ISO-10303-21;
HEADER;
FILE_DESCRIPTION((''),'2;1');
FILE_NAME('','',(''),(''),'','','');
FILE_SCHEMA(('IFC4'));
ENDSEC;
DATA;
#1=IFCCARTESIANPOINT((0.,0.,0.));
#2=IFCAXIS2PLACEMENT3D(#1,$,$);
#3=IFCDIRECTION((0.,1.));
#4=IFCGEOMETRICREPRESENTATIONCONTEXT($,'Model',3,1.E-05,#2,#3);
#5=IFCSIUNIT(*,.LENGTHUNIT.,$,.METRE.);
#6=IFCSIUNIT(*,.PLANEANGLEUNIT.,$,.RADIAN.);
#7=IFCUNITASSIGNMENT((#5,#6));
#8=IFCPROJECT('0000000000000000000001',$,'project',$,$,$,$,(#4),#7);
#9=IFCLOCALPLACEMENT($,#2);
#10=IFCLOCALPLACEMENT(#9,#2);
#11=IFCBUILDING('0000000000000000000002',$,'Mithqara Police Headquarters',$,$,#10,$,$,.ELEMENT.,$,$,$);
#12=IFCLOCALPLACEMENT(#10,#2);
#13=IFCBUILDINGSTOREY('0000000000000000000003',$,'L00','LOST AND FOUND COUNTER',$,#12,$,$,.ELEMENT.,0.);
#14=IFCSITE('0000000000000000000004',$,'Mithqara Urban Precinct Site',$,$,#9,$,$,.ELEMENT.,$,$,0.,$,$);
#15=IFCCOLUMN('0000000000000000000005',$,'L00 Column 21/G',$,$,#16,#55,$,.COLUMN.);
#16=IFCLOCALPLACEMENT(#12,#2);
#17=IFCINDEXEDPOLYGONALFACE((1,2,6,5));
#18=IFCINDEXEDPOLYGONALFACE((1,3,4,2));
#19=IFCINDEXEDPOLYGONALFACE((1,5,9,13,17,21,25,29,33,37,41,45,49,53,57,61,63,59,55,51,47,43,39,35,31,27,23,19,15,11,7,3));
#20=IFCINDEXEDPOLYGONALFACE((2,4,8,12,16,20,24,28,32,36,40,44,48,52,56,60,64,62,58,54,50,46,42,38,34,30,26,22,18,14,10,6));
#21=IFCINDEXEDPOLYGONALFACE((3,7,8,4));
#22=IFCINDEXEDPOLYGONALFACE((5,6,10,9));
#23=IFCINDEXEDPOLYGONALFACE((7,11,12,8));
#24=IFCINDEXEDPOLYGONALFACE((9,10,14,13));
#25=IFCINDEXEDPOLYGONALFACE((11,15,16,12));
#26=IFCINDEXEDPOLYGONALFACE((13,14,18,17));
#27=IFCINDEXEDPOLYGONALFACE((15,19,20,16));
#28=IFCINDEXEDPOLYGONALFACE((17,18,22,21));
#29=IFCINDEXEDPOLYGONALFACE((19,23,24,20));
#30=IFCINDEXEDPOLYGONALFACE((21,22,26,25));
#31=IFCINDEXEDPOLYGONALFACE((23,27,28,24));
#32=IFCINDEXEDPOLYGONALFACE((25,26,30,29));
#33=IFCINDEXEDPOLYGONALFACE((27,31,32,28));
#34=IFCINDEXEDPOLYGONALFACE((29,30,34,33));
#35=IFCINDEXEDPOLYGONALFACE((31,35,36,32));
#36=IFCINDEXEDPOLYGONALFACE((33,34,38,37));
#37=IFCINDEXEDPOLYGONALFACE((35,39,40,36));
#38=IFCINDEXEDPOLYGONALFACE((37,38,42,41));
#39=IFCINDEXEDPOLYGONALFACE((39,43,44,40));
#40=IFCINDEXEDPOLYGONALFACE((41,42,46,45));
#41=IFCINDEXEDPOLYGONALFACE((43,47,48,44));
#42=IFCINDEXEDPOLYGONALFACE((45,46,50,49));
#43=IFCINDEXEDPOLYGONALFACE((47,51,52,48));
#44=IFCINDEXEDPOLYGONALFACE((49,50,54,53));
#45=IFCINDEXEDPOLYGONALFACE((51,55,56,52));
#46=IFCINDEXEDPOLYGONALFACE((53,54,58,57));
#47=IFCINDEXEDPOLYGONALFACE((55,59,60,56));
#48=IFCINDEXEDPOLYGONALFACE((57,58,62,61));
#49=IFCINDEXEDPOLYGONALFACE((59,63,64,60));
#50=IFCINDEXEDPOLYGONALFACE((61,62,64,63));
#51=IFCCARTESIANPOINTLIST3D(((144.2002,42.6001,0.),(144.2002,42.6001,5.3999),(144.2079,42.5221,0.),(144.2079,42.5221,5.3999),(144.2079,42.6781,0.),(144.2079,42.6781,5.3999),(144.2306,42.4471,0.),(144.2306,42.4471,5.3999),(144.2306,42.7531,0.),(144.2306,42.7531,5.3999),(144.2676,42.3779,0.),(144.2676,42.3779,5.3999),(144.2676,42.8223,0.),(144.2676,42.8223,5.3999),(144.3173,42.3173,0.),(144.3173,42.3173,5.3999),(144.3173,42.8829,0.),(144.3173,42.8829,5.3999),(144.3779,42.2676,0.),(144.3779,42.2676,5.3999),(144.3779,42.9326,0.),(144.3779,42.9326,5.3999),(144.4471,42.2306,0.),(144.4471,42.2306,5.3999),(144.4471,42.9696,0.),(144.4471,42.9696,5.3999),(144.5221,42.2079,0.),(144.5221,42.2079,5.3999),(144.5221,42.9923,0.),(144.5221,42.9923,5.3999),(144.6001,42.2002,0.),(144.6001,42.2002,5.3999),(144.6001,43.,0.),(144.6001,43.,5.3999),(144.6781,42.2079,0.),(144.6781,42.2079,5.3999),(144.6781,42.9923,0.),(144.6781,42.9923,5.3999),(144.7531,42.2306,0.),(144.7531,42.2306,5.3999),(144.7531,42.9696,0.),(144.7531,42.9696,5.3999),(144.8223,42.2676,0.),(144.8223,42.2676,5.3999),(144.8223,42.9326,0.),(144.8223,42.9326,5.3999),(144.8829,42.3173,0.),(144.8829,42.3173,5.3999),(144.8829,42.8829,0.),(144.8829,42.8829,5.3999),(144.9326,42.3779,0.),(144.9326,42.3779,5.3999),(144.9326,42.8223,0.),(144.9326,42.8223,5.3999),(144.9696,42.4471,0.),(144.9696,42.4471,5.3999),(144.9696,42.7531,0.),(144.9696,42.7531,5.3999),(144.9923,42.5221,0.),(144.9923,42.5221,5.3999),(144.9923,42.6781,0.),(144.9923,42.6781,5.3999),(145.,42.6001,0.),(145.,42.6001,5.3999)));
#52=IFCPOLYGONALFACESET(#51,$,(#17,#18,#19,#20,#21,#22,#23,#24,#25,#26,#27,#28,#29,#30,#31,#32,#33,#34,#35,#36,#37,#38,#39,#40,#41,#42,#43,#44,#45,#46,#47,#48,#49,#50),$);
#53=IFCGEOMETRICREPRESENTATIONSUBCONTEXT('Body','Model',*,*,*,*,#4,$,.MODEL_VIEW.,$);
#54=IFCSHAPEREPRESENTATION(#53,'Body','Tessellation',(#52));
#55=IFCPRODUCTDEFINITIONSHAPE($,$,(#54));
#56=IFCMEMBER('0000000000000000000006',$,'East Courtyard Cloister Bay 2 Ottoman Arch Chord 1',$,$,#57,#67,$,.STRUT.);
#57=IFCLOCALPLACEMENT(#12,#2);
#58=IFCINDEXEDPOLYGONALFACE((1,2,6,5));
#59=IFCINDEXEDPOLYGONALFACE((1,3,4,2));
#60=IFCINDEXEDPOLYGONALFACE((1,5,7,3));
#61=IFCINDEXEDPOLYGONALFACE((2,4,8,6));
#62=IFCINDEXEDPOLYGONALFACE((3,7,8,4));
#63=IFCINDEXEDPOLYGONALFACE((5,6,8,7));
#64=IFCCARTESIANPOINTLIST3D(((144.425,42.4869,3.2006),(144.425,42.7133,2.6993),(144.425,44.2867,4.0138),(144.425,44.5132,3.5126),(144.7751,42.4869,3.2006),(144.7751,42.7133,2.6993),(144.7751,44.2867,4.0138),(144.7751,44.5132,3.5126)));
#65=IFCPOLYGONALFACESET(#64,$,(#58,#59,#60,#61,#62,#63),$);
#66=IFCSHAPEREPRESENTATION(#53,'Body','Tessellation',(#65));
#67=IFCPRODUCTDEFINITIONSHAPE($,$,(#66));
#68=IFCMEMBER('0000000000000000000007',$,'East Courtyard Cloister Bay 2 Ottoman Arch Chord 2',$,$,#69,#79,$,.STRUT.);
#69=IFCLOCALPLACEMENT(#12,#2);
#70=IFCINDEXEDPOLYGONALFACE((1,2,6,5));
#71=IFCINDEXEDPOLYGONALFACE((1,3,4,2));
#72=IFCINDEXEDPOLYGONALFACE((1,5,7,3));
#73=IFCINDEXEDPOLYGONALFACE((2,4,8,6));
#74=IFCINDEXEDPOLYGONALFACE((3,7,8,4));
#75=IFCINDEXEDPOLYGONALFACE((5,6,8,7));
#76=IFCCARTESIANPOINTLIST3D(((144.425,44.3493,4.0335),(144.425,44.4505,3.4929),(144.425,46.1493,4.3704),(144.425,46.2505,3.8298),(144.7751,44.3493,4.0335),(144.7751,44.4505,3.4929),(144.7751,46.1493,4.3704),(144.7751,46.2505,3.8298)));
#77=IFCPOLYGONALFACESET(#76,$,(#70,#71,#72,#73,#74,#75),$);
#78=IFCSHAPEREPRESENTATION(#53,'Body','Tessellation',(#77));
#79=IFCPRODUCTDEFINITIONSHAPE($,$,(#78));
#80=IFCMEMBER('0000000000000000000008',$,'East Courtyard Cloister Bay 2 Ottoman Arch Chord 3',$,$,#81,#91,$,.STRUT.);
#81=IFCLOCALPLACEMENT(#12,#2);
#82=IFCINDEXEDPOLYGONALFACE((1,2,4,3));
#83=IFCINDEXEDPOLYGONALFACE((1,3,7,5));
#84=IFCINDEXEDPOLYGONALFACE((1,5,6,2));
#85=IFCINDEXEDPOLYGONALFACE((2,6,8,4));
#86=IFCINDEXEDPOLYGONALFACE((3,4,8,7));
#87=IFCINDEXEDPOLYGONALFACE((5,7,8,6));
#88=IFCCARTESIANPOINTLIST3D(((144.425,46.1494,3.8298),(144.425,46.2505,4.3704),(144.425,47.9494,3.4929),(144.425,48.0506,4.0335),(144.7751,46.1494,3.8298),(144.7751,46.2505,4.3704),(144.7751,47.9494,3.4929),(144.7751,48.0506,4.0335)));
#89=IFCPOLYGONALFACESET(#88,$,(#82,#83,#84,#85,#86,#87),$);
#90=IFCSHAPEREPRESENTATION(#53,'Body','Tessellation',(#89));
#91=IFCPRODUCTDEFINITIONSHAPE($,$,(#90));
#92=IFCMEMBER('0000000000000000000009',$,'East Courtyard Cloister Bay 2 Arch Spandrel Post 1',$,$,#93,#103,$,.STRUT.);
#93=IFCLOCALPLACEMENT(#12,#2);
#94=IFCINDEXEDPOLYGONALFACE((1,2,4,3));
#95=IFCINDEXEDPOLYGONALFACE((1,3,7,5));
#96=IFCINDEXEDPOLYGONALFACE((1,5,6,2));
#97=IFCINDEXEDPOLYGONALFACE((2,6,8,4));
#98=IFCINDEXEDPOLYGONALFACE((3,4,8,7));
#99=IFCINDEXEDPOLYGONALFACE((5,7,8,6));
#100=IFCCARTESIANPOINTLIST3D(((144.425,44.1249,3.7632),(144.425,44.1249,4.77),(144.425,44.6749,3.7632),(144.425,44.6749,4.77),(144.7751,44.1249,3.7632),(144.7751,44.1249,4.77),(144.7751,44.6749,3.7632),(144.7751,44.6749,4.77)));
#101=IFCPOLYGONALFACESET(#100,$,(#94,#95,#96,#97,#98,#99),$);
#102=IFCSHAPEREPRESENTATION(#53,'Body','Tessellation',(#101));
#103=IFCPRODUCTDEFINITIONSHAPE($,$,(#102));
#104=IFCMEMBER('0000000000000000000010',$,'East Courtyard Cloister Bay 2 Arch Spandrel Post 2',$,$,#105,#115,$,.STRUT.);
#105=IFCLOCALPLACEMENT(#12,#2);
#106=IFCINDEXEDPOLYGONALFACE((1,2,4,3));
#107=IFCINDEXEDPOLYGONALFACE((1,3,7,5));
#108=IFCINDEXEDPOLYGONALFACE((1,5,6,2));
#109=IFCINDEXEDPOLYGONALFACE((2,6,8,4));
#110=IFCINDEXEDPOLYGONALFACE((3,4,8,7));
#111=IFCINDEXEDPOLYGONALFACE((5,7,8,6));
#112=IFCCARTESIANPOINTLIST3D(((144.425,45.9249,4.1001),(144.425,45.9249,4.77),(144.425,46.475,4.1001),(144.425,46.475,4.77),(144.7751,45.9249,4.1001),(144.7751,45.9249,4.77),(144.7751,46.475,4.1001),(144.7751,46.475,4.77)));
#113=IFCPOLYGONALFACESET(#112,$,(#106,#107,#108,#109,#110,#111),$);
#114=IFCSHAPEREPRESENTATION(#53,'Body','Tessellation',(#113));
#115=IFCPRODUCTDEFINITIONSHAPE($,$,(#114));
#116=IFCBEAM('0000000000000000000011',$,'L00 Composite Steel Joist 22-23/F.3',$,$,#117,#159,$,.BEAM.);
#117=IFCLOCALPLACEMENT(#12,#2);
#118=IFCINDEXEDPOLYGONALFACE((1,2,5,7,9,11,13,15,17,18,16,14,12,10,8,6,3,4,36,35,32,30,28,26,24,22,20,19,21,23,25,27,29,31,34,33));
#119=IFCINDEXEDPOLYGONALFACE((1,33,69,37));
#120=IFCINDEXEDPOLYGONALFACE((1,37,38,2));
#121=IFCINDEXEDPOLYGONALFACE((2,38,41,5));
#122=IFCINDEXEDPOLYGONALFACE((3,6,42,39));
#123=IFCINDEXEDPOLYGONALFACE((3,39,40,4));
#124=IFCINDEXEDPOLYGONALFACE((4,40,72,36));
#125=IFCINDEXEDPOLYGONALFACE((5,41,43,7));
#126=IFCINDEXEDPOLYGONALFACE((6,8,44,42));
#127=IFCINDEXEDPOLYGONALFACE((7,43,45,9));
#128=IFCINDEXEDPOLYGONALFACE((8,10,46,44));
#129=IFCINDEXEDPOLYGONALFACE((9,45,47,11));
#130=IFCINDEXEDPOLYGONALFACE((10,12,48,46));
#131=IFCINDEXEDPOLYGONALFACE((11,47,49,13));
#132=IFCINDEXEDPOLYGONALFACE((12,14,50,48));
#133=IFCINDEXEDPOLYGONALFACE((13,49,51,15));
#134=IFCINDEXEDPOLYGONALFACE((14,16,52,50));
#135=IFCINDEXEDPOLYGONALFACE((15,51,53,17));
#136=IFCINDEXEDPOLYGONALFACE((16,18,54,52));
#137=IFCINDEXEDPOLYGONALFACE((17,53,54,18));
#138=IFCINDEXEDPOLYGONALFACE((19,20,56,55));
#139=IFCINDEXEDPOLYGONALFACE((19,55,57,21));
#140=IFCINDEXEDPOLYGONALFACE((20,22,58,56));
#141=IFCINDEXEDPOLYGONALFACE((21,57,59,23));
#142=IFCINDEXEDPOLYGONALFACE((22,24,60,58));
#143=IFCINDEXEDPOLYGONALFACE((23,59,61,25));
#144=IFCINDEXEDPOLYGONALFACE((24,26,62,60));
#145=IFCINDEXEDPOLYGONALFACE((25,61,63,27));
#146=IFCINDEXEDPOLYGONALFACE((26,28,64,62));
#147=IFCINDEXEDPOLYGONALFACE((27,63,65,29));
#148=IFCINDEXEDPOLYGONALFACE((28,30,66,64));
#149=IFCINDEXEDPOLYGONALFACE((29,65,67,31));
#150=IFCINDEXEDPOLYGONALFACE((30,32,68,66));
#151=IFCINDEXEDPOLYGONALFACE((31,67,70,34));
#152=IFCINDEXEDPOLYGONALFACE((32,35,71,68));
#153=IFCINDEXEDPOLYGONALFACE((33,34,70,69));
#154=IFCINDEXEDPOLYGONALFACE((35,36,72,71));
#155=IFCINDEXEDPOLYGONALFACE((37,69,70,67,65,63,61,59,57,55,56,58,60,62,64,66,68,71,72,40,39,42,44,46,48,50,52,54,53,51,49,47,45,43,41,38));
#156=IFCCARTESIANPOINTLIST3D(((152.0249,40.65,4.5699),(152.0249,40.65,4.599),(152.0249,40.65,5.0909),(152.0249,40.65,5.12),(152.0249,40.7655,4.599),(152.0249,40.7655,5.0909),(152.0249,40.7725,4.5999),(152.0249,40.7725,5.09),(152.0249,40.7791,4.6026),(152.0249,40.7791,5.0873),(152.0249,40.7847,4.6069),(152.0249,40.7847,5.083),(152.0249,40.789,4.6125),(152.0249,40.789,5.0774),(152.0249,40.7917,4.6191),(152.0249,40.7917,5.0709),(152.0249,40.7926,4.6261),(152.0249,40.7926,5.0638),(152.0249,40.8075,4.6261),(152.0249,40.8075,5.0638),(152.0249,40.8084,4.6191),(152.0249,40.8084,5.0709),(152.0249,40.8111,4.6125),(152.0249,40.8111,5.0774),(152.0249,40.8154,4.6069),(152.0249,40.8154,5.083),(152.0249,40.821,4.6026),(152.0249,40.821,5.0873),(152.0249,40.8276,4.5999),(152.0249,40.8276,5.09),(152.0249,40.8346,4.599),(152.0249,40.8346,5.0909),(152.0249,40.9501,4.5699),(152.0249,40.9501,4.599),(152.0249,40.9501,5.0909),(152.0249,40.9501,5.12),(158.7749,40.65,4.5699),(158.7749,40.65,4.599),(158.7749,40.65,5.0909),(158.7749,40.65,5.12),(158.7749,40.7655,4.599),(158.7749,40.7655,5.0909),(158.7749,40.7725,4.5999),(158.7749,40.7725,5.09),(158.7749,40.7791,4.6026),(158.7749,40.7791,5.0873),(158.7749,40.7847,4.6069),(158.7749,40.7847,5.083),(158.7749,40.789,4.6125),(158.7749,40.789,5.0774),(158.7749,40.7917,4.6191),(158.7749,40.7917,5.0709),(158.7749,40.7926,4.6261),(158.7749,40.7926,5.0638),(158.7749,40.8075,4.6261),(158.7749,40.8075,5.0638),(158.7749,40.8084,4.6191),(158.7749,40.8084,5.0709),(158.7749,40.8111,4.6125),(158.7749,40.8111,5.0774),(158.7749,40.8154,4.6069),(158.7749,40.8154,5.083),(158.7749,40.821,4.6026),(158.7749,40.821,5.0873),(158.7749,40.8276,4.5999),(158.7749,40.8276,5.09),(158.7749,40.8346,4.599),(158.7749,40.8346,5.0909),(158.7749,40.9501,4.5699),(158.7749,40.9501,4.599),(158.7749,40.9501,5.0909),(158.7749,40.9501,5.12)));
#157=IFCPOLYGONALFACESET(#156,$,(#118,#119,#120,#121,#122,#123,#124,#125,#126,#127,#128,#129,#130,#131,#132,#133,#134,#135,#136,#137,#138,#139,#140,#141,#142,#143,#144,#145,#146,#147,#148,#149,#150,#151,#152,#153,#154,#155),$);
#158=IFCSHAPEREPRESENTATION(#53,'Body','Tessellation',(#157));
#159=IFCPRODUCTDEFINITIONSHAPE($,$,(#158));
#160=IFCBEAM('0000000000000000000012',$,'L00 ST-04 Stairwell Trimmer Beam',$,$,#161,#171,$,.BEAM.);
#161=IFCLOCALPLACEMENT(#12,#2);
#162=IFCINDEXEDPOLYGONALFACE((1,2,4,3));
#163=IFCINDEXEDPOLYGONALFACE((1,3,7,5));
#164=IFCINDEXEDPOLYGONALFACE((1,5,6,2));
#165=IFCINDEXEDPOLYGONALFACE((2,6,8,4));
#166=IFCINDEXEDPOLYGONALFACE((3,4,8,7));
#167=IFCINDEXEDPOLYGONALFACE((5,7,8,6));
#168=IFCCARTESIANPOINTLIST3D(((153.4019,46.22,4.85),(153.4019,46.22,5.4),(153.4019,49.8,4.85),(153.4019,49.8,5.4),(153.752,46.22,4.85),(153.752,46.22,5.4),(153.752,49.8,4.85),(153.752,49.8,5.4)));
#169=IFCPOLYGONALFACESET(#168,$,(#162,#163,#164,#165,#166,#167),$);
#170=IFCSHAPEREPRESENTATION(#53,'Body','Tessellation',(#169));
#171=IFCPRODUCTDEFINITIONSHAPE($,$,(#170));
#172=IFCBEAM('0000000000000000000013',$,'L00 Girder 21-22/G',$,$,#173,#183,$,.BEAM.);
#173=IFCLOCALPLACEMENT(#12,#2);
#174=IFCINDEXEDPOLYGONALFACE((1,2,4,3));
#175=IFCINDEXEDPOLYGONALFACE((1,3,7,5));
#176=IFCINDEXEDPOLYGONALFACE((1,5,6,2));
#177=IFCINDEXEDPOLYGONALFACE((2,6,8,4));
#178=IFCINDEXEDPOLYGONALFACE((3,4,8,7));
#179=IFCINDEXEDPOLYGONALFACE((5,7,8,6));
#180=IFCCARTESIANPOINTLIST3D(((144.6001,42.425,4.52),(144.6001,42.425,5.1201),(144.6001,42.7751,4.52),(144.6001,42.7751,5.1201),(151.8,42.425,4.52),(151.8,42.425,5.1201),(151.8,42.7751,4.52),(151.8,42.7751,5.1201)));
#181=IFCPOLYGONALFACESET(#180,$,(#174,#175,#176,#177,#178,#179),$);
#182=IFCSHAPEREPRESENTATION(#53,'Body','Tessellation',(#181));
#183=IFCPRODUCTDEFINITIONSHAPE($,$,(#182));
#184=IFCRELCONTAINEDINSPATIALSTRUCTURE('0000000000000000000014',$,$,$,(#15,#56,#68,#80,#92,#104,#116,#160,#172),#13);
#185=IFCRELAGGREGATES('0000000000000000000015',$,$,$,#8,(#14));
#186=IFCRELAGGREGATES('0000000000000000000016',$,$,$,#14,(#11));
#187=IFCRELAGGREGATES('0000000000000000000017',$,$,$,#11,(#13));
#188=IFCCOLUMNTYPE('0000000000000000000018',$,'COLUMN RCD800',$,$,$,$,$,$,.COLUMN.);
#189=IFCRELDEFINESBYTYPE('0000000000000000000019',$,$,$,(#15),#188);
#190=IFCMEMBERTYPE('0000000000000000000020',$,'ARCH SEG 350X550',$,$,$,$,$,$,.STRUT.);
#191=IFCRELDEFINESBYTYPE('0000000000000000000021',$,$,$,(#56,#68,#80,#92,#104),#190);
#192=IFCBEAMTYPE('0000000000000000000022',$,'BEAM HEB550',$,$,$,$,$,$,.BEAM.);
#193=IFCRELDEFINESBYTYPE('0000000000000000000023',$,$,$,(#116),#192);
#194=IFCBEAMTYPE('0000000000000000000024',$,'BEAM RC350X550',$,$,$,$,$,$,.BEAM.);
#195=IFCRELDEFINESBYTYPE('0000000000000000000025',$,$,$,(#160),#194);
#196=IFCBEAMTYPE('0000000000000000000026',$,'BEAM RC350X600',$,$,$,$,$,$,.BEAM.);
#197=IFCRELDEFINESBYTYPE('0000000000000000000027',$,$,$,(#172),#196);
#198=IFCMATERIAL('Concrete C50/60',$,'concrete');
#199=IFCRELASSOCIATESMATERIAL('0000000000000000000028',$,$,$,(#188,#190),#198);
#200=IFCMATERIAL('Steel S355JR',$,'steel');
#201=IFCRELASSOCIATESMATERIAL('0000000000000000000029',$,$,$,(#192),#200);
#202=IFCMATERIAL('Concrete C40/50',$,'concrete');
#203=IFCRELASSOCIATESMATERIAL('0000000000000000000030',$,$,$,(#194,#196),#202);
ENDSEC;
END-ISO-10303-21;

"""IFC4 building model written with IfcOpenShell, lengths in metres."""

from ifc_helpers import new_model, si_unit, direction, frame, origin, origin_2d, place, context, subcontext, project, spatial, rectangle, circle, i_section, extrude, material, material_profile, profile_set, type_object, element, save


model = new_model("IFC4")

# Units and contexts
model_context = context("Model", 3, precision=1e-05, world=origin(), true_north=direction((0.0, 1.0)))
body_context = subcontext(model_context, "Body", "Model", "MODEL_VIEW")
ifc_project = project(units=[si_unit("LENGTHUNIT", "METRE"), si_unit("PLANEANGLEUNIT", "RADIAN")], contexts=[model_context])

# Site, building, storey
site_placement = place(None, origin())
site = spatial("IfcSite", under=ifc_project, at=site_placement, Name="Mithqara Urban Precinct Site", CompositionType="ELEMENT", RefElevation=0.0)
building_placement = place(site_placement, origin())
building = spatial("IfcBuilding", under=site, at=building_placement, Name="Mithqara Police Headquarters", CompositionType="ELEMENT")
storey_placement = place(building_placement, origin())
storey = spatial("IfcBuildingStorey", under=building, at=storey_placement, Name="L00", Description="LOST AND FOUND COUNTER", CompositionType="ELEMENT", Elevation=0.0)

# Column
ifc_material_1 = material(Name="Concrete C50/60", Category="concrete")
ifc_material_profile_1 = material_profile(ifc_material_1, circle(Radius=0.3999, at=origin_2d()), Name="RCD 800")
ifc_profile_set_1 = profile_set([ifc_material_profile_1], Name="Concrete C50/60")
column_type = type_object("IfcColumnType", Name="COLUMN RCD800", PredefinedType="COLUMN", material=ifc_profile_set_1)
column_placement = place(storey_placement, frame((144.6001, 42.6001, 0.0), z_axis=(0.0, 0.0, 1.0), x_axis=(1.0, 0.0, 0.0)))
element("IfcColumn", 1, at=column_placement, inside=storey, type_object=column_type, Name="L00 Column 21/G", PredefinedType="COLUMN", context=body_context, shape_type="SweptSolid", body=[
    extrude(circle(Radius=0.3999, at=origin_2d()), origin(), (0.0, 0.0, 1.0), 5.3999),
])

# Members
ifc_material_profile_2 = material_profile(ifc_material_1, rectangle(XDim=0.3501, YDim=0.55, at=origin_2d()), Name="ARC 350x550")
ifc_profile_set_2 = profile_set([ifc_material_profile_2], Name="Concrete C50/60")
member_type = type_object("IfcMemberType", Name="ARCH SEG 350X550", PredefinedType="STRUT", material=ifc_profile_set_2)
member_1_placement = place(storey_placement, frame((144.6001, 42.6001, 2.95), z_axis=(0.0, 0.911291, 0.411762), x_axis=(-1.0, 0.0, 0.0)))
element("IfcMember", 2, at=member_1_placement, inside=storey, type_object=member_type, Name="East Courtyard Cloister Bay 2 Ottoman Arch Chord 1", PredefinedType="STRUT", context=body_context, shape_type="SweptSolid", body=[
    extrude(rectangle(XDim=0.3501, YDim=0.55, at=origin_2d()), origin(), (0.0, 0.0, 1.0), 1.9751),
])
for number, where, z_axis, x_axis, name in (
    (3, (144.6001, 44.3999, 3.7632), (0.0, 0.982931, 0.183975), (-1.0, 0.0, 0.0), "East Courtyard Cloister Bay 2 Ottoman Arch Chord 2"),
    (4, (144.6001, 46.2, 4.1001), (0.0, 0.982931, -0.183975), (-1.0, 0.0, 0.0), "East Courtyard Cloister Bay 2 Ottoman Arch Chord 3"),
):
    element("IfcMember", number, at=place(storey_placement, frame(where, z_axis=z_axis, x_axis=x_axis)), inside=storey, type_object=member_type, Name=name, PredefinedType="STRUT", context=body_context, shape_type="SweptSolid", body=[
        extrude(rectangle(XDim=0.3501, YDim=0.55, at=origin_2d()), origin(), (0.0, 0.0, 1.0), 1.8313),
    ])
member_2_placement = place(storey_placement, frame((144.6001, 44.3999, 3.7632), z_axis=(0.0, 0.0, 1.0), x_axis=(1.0, 0.0, 0.0)))
element("IfcMember", 5, at=member_2_placement, inside=storey, type_object=member_type, Name="East Courtyard Cloister Bay 2 Arch Spandrel Post 1", PredefinedType="STRUT", context=body_context, shape_type="SweptSolid", body=[
    extrude(rectangle(XDim=0.3501, YDim=0.55, at=origin_2d()), origin(), (0.0, 0.0, 1.0), 1.0068),
])
member_3_placement = place(storey_placement, frame((144.6001, 46.2, 4.1001), z_axis=(0.0, 0.0, 1.0), x_axis=(1.0, 0.0, 0.0)))
element("IfcMember", 6, at=member_3_placement, inside=storey, type_object=member_type, Name="East Courtyard Cloister Bay 2 Arch Spandrel Post 2", PredefinedType="STRUT", context=body_context, shape_type="SweptSolid", body=[
    extrude(rectangle(XDim=0.3501, YDim=0.55, at=origin_2d()), origin(), (0.0, 0.0, 1.0), 0.6699),
])

# Beams
ifc_material_2 = material(Name="Steel S355JR", Category="steel")
ifc_material_profile_3 = material_profile(ifc_material_2, i_section(OverallWidth=0.3, OverallDepth=0.55, WebThickness=0.0149, FlangeThickness=0.0291, FilletRadius=0.0271, at=origin_2d()), Name="HEB 550")
ifc_profile_set_3 = profile_set([ifc_material_profile_3], Name="Steel S355JR")
beam_type_1 = type_object("IfcBeamType", Name="BEAM HEB550", PredefinedType="BEAM", material=ifc_profile_set_3)
beam_1_placement = place(storey_placement, frame((152.0249, 40.8, 4.845), z_axis=(1.0, 0.0, 0.0), x_axis=(0.0, 1.0, 0.0)))
element("IfcBeam", 7, at=beam_1_placement, inside=storey, type_object=beam_type_1, Name="L00 Composite Steel Joist 22-23/F.3", PredefinedType="BEAM", context=body_context, shape_type="SweptSolid", body=[
    extrude(i_section(OverallWidth=0.3, OverallDepth=0.55, WebThickness=0.0149, FlangeThickness=0.0291, FilletRadius=0.0271, at=origin_2d()), origin(), (0.0, 0.0, 1.0), 6.75),
])
ifc_material_3 = material(Name="Concrete C40/50", Category="concrete")
ifc_material_profile_4 = material_profile(ifc_material_3, rectangle(XDim=0.3501, YDim=0.55, at=origin_2d()), Name="RC 350x550")
ifc_profile_set_4 = profile_set([ifc_material_profile_4], Name="Concrete C40/50")
beam_type_2 = type_object("IfcBeamType", Name="BEAM RC350X550", PredefinedType="BEAM", material=ifc_profile_set_4)
beam_2_placement = place(storey_placement, frame((153.5769, 46.22, 5.125), z_axis=(0.0, 1.0, 0.0), x_axis=(-1.0, 0.0, 0.0)))
element("IfcBeam", 8, at=beam_2_placement, inside=storey, type_object=beam_type_2, Name="L00 ST-04 Stairwell Trimmer Beam", PredefinedType="BEAM", context=body_context, shape_type="SweptSolid", body=[
    extrude(rectangle(XDim=0.3501, YDim=0.55, at=origin_2d()), origin(), (0.0, 0.0, 1.0), 3.5801),
])
ifc_material_profile_5 = material_profile(ifc_material_3, rectangle(XDim=0.3501, YDim=0.6001, at=origin_2d()), Name="RC 350x600")
ifc_profile_set_5 = profile_set([ifc_material_profile_5], Name="Concrete C40/50")
beam_type_3 = type_object("IfcBeamType", Name="BEAM RC350X600", PredefinedType="BEAM", material=ifc_profile_set_5)
beam_3_placement = place(storey_placement, frame((144.6001, 42.6001, 4.8201), z_axis=(1.0, 0.0, 0.0), x_axis=(0.0, 1.0, 0.0)))
element("IfcBeam", 9, at=beam_3_placement, inside=storey, type_object=beam_type_3, Name="L00 Girder 21-22/G", PredefinedType="BEAM", context=body_context, shape_type="SweptSolid", body=[
    extrude(rectangle(XDim=0.3501, YDim=0.6001, at=origin_2d()), origin(), (0.0, 0.0, 1.0), 7.2),
])

save(model, "model.ifc")
